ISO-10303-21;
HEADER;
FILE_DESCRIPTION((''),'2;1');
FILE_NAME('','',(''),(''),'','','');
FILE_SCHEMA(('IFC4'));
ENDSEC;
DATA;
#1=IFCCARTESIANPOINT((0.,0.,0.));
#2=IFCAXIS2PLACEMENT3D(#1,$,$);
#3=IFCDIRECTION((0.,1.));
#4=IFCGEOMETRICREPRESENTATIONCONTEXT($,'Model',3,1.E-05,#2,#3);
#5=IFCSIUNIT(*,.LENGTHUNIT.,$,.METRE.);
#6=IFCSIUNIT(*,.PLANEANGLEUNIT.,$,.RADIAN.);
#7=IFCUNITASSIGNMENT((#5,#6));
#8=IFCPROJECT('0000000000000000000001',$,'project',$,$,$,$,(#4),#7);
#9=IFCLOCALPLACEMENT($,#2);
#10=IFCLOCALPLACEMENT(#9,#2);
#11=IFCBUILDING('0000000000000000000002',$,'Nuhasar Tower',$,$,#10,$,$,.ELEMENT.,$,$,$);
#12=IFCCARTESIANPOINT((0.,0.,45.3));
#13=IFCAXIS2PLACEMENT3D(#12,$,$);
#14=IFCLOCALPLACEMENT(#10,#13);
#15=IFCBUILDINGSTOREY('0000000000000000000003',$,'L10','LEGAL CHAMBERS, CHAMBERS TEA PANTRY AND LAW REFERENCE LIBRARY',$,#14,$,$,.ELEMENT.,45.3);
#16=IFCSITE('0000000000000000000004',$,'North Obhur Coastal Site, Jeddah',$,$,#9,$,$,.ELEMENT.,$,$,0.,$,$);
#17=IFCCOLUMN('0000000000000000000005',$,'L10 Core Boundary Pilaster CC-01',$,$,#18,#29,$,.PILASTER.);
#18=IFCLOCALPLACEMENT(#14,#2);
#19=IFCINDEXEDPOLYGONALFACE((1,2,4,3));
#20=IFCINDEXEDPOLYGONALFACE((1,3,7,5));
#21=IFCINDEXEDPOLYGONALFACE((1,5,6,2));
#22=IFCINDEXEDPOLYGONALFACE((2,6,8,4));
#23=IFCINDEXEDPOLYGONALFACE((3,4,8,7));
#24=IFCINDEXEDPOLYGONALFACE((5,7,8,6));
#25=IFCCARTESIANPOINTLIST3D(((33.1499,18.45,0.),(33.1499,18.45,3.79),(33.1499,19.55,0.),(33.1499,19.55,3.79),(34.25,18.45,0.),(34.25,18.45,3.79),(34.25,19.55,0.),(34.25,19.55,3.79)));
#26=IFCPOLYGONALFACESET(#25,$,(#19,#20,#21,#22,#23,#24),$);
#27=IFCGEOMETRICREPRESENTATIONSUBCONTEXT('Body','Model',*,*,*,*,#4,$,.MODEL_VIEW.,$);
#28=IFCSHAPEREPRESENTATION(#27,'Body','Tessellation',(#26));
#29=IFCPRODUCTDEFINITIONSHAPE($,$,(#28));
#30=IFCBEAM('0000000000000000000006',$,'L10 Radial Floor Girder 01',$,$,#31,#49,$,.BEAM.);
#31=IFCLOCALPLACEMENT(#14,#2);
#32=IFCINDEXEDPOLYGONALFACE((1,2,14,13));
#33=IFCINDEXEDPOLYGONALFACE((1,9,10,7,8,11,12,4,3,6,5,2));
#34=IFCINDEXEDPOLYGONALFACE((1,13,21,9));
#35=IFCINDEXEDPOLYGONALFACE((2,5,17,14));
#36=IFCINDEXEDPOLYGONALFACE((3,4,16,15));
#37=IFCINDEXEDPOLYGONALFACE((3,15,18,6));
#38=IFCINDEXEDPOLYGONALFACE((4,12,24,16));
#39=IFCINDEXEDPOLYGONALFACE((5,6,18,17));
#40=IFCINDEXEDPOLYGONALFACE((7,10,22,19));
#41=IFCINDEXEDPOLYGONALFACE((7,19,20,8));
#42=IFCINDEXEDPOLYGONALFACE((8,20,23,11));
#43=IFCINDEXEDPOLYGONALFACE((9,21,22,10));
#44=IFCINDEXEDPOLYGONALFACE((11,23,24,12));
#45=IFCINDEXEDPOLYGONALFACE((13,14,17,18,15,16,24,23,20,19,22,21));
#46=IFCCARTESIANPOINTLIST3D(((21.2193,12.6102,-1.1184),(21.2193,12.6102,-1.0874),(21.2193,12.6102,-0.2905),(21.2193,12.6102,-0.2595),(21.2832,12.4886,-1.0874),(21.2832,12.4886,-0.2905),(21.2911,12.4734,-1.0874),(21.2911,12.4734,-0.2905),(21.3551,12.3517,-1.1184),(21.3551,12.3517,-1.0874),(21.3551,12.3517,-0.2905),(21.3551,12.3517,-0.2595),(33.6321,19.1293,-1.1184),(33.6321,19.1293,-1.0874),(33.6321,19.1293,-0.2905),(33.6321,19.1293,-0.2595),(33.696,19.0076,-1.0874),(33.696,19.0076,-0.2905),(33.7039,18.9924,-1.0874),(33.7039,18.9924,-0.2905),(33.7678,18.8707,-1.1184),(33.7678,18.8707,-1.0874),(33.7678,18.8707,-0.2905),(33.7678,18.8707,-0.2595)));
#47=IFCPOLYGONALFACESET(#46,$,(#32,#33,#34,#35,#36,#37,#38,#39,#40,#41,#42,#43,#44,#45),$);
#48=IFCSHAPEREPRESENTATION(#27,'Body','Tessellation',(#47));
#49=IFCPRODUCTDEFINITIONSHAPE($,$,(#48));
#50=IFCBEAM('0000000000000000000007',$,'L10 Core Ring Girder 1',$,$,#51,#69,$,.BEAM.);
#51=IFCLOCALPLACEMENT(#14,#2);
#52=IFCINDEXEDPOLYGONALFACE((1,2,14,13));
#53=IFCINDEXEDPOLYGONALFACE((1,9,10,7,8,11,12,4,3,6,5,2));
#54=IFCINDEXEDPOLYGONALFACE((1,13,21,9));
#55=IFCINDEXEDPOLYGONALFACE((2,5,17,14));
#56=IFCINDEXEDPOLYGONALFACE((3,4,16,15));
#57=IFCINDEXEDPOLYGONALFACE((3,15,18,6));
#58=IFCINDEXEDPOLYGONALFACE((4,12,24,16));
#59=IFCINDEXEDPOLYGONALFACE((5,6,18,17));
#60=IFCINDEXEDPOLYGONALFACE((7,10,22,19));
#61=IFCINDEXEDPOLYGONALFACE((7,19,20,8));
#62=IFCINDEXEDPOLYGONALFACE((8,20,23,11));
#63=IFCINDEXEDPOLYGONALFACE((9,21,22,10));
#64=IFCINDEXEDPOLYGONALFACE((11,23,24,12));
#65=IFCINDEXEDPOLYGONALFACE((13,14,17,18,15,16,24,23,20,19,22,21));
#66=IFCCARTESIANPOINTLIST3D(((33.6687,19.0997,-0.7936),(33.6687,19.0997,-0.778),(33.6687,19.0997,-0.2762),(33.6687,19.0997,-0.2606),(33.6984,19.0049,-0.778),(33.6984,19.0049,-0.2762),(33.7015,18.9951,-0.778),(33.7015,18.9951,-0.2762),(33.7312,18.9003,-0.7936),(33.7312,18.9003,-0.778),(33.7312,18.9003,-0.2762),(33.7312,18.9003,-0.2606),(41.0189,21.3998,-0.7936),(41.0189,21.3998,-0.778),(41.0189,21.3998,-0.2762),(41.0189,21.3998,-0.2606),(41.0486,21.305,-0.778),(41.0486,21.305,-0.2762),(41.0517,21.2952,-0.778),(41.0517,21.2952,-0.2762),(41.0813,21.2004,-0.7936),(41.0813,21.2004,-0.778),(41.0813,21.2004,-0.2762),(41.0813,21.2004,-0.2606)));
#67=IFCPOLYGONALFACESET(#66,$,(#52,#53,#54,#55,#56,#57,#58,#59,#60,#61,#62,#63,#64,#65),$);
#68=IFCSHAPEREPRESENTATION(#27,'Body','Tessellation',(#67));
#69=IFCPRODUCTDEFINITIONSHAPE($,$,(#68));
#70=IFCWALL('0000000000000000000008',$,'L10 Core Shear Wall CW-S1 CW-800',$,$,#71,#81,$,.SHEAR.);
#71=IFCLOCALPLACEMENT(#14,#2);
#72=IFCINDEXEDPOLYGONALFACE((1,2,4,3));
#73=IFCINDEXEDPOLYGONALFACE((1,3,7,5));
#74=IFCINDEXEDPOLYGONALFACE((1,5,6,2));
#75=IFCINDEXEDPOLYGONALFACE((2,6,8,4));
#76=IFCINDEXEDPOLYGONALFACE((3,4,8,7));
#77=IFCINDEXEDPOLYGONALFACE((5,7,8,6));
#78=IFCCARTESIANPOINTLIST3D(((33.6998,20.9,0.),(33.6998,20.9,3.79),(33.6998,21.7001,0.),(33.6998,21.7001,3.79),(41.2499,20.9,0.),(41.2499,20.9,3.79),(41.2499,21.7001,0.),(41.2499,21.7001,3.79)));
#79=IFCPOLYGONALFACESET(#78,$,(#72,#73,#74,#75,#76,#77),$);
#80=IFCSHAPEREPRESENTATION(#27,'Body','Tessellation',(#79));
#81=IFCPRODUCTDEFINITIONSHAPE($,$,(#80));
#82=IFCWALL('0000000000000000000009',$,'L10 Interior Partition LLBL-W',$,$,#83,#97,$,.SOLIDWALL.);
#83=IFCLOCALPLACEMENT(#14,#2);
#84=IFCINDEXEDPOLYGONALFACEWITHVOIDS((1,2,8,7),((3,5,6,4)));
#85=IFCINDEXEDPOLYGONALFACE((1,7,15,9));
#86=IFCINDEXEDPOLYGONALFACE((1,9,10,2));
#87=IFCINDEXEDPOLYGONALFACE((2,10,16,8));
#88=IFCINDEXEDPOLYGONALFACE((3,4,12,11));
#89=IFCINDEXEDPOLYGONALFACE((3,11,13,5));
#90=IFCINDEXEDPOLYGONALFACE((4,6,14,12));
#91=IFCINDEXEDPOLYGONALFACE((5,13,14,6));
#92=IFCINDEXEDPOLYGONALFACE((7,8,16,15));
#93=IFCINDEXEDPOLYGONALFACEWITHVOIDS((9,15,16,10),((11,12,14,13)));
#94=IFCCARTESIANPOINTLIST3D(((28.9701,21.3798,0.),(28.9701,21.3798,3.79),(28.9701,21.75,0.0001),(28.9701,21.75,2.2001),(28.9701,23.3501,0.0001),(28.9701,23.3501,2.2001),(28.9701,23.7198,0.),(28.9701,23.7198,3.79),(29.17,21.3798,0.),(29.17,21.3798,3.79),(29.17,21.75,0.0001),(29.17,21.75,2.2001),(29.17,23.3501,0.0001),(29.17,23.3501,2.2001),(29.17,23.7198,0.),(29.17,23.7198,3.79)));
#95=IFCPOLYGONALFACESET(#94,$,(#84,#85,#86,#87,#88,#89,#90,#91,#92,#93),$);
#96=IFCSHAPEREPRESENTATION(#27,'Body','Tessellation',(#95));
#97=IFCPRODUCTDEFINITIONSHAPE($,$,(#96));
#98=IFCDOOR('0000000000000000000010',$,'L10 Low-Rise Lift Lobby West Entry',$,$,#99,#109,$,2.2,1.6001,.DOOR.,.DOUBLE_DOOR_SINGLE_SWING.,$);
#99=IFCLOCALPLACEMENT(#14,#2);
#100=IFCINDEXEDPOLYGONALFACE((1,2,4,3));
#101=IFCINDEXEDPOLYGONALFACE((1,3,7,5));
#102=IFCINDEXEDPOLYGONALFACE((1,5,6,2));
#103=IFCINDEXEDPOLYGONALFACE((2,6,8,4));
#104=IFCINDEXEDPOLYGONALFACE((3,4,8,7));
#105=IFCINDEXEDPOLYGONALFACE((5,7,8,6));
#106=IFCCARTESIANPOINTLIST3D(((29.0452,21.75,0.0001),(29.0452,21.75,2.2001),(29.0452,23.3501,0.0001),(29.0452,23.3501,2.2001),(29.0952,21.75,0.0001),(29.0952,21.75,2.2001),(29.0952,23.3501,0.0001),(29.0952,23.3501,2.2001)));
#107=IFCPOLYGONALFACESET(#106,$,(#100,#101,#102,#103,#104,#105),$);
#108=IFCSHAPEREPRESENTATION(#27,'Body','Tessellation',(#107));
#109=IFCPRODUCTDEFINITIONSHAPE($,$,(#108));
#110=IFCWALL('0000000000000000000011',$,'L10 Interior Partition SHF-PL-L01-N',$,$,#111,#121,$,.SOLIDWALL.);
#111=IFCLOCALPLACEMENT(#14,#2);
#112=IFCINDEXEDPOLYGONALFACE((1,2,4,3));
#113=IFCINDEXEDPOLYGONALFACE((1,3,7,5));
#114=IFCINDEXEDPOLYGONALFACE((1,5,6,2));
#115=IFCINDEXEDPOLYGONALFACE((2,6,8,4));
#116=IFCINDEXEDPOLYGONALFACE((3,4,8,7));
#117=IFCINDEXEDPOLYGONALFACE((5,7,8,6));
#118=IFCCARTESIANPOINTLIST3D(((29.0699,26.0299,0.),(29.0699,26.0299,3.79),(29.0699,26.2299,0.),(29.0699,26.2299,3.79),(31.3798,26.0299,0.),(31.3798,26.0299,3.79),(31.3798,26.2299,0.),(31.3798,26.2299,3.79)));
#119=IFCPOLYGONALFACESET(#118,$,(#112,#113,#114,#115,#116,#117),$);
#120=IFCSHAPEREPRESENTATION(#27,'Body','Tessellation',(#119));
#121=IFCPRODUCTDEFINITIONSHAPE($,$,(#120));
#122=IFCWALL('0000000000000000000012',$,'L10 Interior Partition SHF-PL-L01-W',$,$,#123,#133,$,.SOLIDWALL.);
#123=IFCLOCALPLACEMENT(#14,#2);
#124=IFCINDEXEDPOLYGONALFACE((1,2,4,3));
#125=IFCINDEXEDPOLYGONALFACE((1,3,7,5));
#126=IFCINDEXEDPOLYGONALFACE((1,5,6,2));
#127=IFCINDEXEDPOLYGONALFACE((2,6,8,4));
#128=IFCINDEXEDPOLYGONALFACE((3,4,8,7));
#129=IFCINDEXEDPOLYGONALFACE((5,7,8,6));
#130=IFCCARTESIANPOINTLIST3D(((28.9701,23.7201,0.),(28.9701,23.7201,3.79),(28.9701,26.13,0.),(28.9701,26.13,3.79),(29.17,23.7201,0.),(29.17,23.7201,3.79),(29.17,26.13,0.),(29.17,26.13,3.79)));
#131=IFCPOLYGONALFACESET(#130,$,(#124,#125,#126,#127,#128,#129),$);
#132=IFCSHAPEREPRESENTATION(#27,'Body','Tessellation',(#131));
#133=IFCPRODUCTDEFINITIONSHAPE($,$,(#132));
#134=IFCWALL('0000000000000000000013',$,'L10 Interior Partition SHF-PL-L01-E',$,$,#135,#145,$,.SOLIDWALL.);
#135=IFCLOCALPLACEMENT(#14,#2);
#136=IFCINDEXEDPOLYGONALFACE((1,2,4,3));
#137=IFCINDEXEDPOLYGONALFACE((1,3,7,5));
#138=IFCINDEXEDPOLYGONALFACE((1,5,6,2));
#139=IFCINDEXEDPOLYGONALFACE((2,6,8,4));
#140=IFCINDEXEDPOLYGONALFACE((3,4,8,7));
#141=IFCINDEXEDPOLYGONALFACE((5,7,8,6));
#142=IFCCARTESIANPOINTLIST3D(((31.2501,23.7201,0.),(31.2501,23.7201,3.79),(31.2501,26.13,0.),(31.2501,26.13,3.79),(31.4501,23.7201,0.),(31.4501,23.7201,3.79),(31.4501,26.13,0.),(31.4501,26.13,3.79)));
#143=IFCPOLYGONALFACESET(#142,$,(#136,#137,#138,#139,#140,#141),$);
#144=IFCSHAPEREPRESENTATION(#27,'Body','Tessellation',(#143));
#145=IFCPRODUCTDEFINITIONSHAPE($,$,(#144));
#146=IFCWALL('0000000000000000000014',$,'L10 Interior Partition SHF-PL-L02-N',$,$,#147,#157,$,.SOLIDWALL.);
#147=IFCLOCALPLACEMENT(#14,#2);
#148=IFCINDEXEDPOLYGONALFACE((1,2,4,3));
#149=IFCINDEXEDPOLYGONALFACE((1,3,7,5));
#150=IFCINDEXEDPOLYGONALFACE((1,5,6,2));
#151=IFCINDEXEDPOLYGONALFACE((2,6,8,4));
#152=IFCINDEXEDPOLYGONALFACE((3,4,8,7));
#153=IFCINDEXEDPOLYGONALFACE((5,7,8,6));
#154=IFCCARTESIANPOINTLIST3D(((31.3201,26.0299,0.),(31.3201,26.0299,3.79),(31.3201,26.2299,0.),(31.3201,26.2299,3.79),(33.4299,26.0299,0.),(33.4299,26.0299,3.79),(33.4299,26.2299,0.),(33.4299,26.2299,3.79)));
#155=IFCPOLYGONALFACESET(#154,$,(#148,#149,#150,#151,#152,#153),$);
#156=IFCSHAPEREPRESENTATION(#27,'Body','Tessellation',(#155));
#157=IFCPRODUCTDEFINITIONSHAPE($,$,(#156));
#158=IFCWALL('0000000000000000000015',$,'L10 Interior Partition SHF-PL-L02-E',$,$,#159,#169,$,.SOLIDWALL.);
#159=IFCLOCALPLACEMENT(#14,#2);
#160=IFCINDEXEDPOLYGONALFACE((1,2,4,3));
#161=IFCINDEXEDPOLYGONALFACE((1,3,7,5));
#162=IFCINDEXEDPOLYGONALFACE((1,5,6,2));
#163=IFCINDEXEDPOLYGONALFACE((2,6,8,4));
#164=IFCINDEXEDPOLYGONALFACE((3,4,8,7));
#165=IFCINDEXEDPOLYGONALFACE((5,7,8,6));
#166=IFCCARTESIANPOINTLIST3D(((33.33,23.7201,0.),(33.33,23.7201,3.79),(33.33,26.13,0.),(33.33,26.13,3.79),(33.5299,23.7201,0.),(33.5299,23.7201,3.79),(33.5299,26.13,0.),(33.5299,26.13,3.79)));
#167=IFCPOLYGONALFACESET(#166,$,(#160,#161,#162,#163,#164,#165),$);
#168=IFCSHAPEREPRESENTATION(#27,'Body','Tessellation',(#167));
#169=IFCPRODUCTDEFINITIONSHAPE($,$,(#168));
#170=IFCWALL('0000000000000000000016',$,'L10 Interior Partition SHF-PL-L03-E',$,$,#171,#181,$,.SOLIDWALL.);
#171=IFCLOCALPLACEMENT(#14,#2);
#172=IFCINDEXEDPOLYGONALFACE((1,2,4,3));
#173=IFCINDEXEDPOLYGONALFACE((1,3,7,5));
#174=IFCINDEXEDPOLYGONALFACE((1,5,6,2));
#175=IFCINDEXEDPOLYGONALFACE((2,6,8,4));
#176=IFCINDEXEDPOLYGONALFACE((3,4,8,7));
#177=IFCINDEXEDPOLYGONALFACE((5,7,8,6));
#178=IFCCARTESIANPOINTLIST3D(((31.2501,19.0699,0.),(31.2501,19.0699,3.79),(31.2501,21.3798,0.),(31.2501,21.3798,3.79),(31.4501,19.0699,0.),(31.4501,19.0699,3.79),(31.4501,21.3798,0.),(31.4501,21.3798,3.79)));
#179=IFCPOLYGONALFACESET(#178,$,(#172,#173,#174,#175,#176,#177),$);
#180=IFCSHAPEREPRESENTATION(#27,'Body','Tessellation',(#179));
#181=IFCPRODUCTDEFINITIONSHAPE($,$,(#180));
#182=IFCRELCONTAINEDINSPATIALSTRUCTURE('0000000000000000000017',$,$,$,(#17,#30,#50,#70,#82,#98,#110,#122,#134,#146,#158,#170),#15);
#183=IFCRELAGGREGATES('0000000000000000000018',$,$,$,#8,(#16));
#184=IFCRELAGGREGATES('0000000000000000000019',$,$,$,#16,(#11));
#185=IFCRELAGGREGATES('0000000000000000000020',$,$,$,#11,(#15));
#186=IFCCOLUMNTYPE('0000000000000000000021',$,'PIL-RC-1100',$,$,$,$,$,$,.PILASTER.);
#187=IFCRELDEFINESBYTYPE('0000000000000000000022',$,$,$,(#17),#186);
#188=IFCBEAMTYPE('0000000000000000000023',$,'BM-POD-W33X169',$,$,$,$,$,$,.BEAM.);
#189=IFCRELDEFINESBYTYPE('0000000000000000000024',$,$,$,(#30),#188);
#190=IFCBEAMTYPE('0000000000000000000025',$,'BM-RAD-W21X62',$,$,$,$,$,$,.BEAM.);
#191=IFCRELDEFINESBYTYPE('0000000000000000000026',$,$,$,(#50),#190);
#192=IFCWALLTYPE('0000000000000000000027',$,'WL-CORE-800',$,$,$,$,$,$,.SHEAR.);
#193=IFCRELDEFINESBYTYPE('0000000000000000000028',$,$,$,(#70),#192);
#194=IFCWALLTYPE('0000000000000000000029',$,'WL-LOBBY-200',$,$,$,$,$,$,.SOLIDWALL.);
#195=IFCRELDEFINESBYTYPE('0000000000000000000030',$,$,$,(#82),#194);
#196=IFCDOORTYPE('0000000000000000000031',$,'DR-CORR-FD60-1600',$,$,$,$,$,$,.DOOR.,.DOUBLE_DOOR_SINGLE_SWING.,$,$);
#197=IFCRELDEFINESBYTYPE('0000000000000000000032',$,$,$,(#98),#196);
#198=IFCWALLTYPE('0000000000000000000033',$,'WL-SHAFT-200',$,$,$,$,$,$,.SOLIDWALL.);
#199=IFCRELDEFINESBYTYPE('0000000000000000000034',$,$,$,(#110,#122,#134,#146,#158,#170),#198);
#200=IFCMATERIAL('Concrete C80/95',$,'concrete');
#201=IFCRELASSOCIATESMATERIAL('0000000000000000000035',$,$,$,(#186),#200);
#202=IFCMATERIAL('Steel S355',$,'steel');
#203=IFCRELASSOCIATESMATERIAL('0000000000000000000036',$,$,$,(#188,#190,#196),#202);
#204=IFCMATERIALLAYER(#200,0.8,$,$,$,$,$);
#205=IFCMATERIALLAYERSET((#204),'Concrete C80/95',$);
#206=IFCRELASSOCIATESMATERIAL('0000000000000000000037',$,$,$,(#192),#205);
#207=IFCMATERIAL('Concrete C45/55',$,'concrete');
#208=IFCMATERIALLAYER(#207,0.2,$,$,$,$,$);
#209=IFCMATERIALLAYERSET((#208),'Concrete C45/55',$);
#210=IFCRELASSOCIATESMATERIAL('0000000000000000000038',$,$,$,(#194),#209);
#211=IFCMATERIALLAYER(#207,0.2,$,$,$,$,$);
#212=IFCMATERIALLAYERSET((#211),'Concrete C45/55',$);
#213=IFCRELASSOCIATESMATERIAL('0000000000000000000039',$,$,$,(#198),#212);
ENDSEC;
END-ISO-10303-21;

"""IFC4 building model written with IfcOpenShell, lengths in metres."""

from ifc_helpers import new_model, si_unit, direction, frame, frame_2d, origin, origin_2d, place, context, subcontext, project, spatial, rectangle, i_section, extrude, material, layer, layer_set, material_profile, profile_set, type_object, element, fill, save


model = new_model("IFC4")

# Units and contexts
model_context = context("Model", 3, precision=1e-05, world=origin(), true_north=direction((0.0, 1.0)))
body_context = subcontext(model_context, "Body", "Model", "MODEL_VIEW")
ifc_project = project(units=[si_unit("LENGTHUNIT", "METRE"), si_unit("PLANEANGLEUNIT", "RADIAN")], contexts=[model_context])

# Site, building, storey
site_placement = place(None, origin())
site = spatial("IfcSite", under=ifc_project, at=site_placement, Name="North Obhur Coastal Site, Jeddah", CompositionType="ELEMENT", RefElevation=0.0)
building_placement = place(site_placement, origin())
building = spatial("IfcBuilding", under=site, at=building_placement, Name="Nuhasar Tower", CompositionType="ELEMENT")
storey_placement = place(building_placement, frame((0.0, 0.0, 45.3)))
storey = spatial("IfcBuildingStorey", under=building, at=storey_placement, Name="L10", Description="LEGAL CHAMBERS, CHAMBERS TEA PANTRY AND LAW REFERENCE LIBRARY", CompositionType="ELEMENT", Elevation=45.3)

# Column
ifc_material_1 = material(Name="Concrete C80/95", Category="concrete")
ifc_material_profile_1 = material_profile(ifc_material_1, rectangle(XDim=1.1001, YDim=1.1001, at=origin_2d()), Name="RC1100X1100")
ifc_profile_set_1 = profile_set([ifc_material_profile_1], Name="Concrete C80/95")
column_type = type_object("IfcColumnType", Name="PIL-RC-1100", PredefinedType="PILASTER", material=ifc_profile_set_1)
column_placement = place(storey_placement, frame((33.7, 19.0, 0.0), z_axis=(0.0, 0.0, 1.0), x_axis=(1.0, 0.0, 0.0)))
element("IfcColumn", 1, at=column_placement, inside=storey, type_object=column_type, Name="L10 Core Boundary Pilaster CC-01", PredefinedType="PILASTER", context=body_context, shape_type="SweptSolid", body=[
    extrude(rectangle(XDim=1.1001, YDim=1.1001, at=origin_2d()), origin(), (0.0, 0.0, 1.0), 3.79),
])

# Beams
ifc_material_2 = material(Name="Steel S355", Category="steel")
ifc_material_profile_2 = material_profile(ifc_material_2, i_section(OverallWidth=0.292, OverallDepth=0.8589, WebThickness=0.0171, FlangeThickness=0.031, at=origin_2d()), Name="W33X169")
ifc_profile_set_2 = profile_set([ifc_material_profile_2], Name="Steel S355")
beam_type_1 = type_object("IfcBeamType", Name="BM-POD-W33X169", PredefinedType="BEAM", material=ifc_profile_set_2)
beam_1_placement = place(storey_placement, frame((33.7, 19.0, -0.689), z_axis=(-0.88533, -0.464963, 0.0), x_axis=(0.464963, -0.88533, 0.0)))
element("IfcBeam", 2, at=beam_1_placement, inside=storey, type_object=beam_type_1, Name="L10 Radial Floor Girder 01", PredefinedType="BEAM", context=body_context, shape_type="SweptSolid", body=[
    extrude(i_section(OverallWidth=0.292, OverallDepth=0.8589, WebThickness=0.0171, FlangeThickness=0.031, at=origin_2d()), origin(), (0.0, 0.0, 1.0), 14.0205),
])
ifc_material_profile_3 = material_profile(ifc_material_2, i_section(OverallWidth=0.209, OverallDepth=0.533, WebThickness=0.0103, FlangeThickness=0.0156, at=origin_2d()), Name="W21X62")
ifc_profile_set_3 = profile_set([ifc_material_profile_3], Name="Steel S355")
beam_type_2 = type_object("IfcBeamType", Name="BM-RAD-W21X62", PredefinedType="BEAM", material=ifc_profile_set_3)
beam_2_placement = place(storey_placement, frame((33.7, 19.0, -0.5271), z_axis=(0.954364, 0.298647, 0.0), x_axis=(-0.298647, 0.954364, 0.0)))
element("IfcBeam", 3, at=beam_2_placement, inside=storey, type_object=beam_type_2, Name="L10 Core Ring Girder 1", PredefinedType="BEAM", context=body_context, shape_type="SweptSolid", body=[
    extrude(i_section(OverallWidth=0.209, OverallDepth=0.533, WebThickness=0.0103, FlangeThickness=0.0156, at=origin_2d()), origin(), (0.0, 0.0, 1.0), 7.7017),
])

# Wall
ifc_layer_1 = layer(ifc_material_1, 0.8)
ifc_layer_set_1 = layer_set([ifc_layer_1], Name="Concrete C80/95")
wall_type_1 = type_object("IfcWallType", Name="WL-CORE-800", PredefinedType="SHEAR", material=ifc_layer_set_1)
wall_1_placement = place(storey_placement, frame((33.7, 21.3, 0.0), z_axis=(0.0, 0.0, 1.0), x_axis=(1.0, 0.0, 0.0)))
element("IfcWall", 4, at=wall_1_placement, inside=storey, type_object=wall_type_1, Name="L10 Core Shear Wall CW-S1 CW-800", PredefinedType="SHEAR", context=body_context, shape_type="SweptSolid", body=[
    extrude(rectangle(XDim=7.55, YDim=0.8, at=frame_2d((3.7749, 0.0))), origin(), (0.0, 0.0, 1.0), 3.79),
])

# Wall, opening, door
ifc_material_3 = material(Name="Concrete C45/55", Category="concrete")
ifc_layer_2 = layer(ifc_material_3, 0.2)
ifc_layer_set_2 = layer_set([ifc_layer_2], Name="Concrete C45/55")
wall_type_2 = type_object("IfcWallType", Name="WL-LOBBY-200", PredefinedType="SOLIDWALL", material=ifc_layer_set_2)
wall_2_placement = place(storey_placement, frame((29.0701, 21.3799, 0.0), z_axis=(0.0, 0.0, 1.0), x_axis=(0.0, 1.0, 0.0)))
wall_2 = element("IfcWall", 5, at=wall_2_placement, inside=storey, type_object=wall_type_2, Name="L10 Interior Partition LLBL-W", PredefinedType="SOLIDWALL", context=body_context, shape_type="SweptSolid", body=[
    extrude(rectangle(XDim=2.3401, YDim=0.2, at=frame_2d((1.1699, 0.0))), origin(), (0.0, 0.0, 1.0), 3.79),
])
opening_1_placement = place(wall_2_placement, frame((0.3701, 0.0, 0.0)))
opening_1 = element("IfcOpeningElement", 6, at=opening_1_placement, cuts=wall_2, PredefinedType="OPENING", context=body_context, shape_type="SweptSolid", body=[
    extrude(rectangle(XDim=1.6001, YDim=2.2, at=frame_2d((0.8, 1.1001))), frame((0.0, 0.1099, 0.0), z_axis=(0.0, -1.0, 0.0), x_axis=(1.0, 0.0, 0.0)), (0.0, 0.0, 1.0), 0.22),
])
door_type_1 = type_object("IfcDoorType", Name="DR-CORR-FD60-1600", OperationType="DOUBLE_DOOR_SINGLE_SWING", PredefinedType="DOOR", material=ifc_material_2)
door_1_placement = place(opening_1_placement, origin())
door_1 = element("IfcDoor", 7, at=door_1_placement, inside=storey, type_object=door_type_1, Name="L10 Low-Rise Lift Lobby West Entry", OperationType="DOUBLE_DOOR_SINGLE_SWING", OverallHeight=2.2, OverallWidth=1.6001, PredefinedType="DOOR", context=body_context, shape_type="SweptSolid", body=[
    extrude(rectangle(XDim=1.6001, YDim=2.2, at=frame_2d((0.8, 1.1001))), frame((0.0, 0.0249, 0.0), z_axis=(0.0, -1.0, 0.0), x_axis=(1.0, 0.0, 0.0)), (0.0, 0.0, 1.0), 0.05),
])
fill(opening_1, door_1)
ifc_layer_3 = layer(ifc_material_3, 0.2)
ifc_layer_set_3 = layer_set([ifc_layer_3], Name="Concrete C45/55")
wall_type_3 = type_object("IfcWallType", Name="WL-SHAFT-200", PredefinedType="SOLIDWALL", material=ifc_layer_set_3)

# Walls
wall_3_placement = place(storey_placement, frame((29.0701, 26.1299, 0.0), z_axis=(0.0, 0.0, 1.0), x_axis=(1.0, 0.0, 0.0)))
element("IfcWall", 8, at=wall_3_placement, inside=storey, type_object=wall_type_3, Name="L10 Interior Partition SHF-PL-L01-N", PredefinedType="SOLIDWALL", context=body_context, shape_type="SweptSolid", body=[
    extrude(rectangle(XDim=2.3098, YDim=0.2, at=frame_2d((1.1548, 0.0))), origin(), (0.0, 0.0, 1.0), 3.79),
])
for number, where, z_axis, x_axis, name in (
    (9, (29.0701, 23.72, 0.0), (0.0, 0.0, 1.0), (0.0, 1.0, 0.0), "L10 Interior Partition SHF-PL-L01-W"),
    (10, (31.3501, 23.72, 0.0), (0.0, 0.0, 1.0), (0.0, 1.0, 0.0), "L10 Interior Partition SHF-PL-L01-E"),
):
    element("IfcWall", number, at=place(storey_placement, frame(where, z_axis=z_axis, x_axis=x_axis)), inside=storey, type_object=wall_type_3, Name=name, PredefinedType="SOLIDWALL", context=body_context, shape_type="SweptSolid", body=[
        extrude(rectangle(XDim=2.4099, YDim=0.2, at=frame_2d((1.2051, 0.0))), origin(), (0.0, 0.0, 1.0), 3.79),
    ])

# Walls
wall_4_placement = place(storey_placement, frame((31.3201, 26.1299, 0.0), z_axis=(0.0, 0.0, 1.0), x_axis=(1.0, 0.0, 0.0)))
element("IfcWall", 11, at=wall_4_placement, inside=storey, type_object=wall_type_3, Name="L10 Interior Partition SHF-PL-L02-N", PredefinedType="SOLIDWALL", context=body_context, shape_type="SweptSolid", body=[
    extrude(rectangle(XDim=2.1099, YDim=0.2, at=frame_2d((1.0549, 0.0))), origin(), (0.0, 0.0, 1.0), 3.79),
])
wall_5_placement = place(storey_placement, frame((33.4299, 23.72, 0.0), z_axis=(0.0, 0.0, 1.0), x_axis=(0.0, 1.0, 0.0)))
element("IfcWall", 12, at=wall_5_placement, inside=storey, type_object=wall_type_3, Name="L10 Interior Partition SHF-PL-L02-E", PredefinedType="SOLIDWALL", context=body_context, shape_type="SweptSolid", body=[
    extrude(rectangle(XDim=2.4099, YDim=0.2, at=frame_2d((1.2051, 0.0))), origin(), (0.0, 0.0, 1.0), 3.79),
])
wall_6_placement = place(storey_placement, frame((31.3501, 19.0701, 0.0), z_axis=(0.0, 0.0, 1.0), x_axis=(0.0, 1.0, 0.0)))
element("IfcWall", 13, at=wall_6_placement, inside=storey, type_object=wall_type_3, Name="L10 Interior Partition SHF-PL-L03-E", PredefinedType="SOLIDWALL", context=body_context, shape_type="SweptSolid", body=[
    extrude(rectangle(XDim=2.3098, YDim=0.2, at=frame_2d((1.1548, 0.0))), origin(), (0.0, 0.0, 1.0), 3.79),
])

save(model, "model.ifc")
